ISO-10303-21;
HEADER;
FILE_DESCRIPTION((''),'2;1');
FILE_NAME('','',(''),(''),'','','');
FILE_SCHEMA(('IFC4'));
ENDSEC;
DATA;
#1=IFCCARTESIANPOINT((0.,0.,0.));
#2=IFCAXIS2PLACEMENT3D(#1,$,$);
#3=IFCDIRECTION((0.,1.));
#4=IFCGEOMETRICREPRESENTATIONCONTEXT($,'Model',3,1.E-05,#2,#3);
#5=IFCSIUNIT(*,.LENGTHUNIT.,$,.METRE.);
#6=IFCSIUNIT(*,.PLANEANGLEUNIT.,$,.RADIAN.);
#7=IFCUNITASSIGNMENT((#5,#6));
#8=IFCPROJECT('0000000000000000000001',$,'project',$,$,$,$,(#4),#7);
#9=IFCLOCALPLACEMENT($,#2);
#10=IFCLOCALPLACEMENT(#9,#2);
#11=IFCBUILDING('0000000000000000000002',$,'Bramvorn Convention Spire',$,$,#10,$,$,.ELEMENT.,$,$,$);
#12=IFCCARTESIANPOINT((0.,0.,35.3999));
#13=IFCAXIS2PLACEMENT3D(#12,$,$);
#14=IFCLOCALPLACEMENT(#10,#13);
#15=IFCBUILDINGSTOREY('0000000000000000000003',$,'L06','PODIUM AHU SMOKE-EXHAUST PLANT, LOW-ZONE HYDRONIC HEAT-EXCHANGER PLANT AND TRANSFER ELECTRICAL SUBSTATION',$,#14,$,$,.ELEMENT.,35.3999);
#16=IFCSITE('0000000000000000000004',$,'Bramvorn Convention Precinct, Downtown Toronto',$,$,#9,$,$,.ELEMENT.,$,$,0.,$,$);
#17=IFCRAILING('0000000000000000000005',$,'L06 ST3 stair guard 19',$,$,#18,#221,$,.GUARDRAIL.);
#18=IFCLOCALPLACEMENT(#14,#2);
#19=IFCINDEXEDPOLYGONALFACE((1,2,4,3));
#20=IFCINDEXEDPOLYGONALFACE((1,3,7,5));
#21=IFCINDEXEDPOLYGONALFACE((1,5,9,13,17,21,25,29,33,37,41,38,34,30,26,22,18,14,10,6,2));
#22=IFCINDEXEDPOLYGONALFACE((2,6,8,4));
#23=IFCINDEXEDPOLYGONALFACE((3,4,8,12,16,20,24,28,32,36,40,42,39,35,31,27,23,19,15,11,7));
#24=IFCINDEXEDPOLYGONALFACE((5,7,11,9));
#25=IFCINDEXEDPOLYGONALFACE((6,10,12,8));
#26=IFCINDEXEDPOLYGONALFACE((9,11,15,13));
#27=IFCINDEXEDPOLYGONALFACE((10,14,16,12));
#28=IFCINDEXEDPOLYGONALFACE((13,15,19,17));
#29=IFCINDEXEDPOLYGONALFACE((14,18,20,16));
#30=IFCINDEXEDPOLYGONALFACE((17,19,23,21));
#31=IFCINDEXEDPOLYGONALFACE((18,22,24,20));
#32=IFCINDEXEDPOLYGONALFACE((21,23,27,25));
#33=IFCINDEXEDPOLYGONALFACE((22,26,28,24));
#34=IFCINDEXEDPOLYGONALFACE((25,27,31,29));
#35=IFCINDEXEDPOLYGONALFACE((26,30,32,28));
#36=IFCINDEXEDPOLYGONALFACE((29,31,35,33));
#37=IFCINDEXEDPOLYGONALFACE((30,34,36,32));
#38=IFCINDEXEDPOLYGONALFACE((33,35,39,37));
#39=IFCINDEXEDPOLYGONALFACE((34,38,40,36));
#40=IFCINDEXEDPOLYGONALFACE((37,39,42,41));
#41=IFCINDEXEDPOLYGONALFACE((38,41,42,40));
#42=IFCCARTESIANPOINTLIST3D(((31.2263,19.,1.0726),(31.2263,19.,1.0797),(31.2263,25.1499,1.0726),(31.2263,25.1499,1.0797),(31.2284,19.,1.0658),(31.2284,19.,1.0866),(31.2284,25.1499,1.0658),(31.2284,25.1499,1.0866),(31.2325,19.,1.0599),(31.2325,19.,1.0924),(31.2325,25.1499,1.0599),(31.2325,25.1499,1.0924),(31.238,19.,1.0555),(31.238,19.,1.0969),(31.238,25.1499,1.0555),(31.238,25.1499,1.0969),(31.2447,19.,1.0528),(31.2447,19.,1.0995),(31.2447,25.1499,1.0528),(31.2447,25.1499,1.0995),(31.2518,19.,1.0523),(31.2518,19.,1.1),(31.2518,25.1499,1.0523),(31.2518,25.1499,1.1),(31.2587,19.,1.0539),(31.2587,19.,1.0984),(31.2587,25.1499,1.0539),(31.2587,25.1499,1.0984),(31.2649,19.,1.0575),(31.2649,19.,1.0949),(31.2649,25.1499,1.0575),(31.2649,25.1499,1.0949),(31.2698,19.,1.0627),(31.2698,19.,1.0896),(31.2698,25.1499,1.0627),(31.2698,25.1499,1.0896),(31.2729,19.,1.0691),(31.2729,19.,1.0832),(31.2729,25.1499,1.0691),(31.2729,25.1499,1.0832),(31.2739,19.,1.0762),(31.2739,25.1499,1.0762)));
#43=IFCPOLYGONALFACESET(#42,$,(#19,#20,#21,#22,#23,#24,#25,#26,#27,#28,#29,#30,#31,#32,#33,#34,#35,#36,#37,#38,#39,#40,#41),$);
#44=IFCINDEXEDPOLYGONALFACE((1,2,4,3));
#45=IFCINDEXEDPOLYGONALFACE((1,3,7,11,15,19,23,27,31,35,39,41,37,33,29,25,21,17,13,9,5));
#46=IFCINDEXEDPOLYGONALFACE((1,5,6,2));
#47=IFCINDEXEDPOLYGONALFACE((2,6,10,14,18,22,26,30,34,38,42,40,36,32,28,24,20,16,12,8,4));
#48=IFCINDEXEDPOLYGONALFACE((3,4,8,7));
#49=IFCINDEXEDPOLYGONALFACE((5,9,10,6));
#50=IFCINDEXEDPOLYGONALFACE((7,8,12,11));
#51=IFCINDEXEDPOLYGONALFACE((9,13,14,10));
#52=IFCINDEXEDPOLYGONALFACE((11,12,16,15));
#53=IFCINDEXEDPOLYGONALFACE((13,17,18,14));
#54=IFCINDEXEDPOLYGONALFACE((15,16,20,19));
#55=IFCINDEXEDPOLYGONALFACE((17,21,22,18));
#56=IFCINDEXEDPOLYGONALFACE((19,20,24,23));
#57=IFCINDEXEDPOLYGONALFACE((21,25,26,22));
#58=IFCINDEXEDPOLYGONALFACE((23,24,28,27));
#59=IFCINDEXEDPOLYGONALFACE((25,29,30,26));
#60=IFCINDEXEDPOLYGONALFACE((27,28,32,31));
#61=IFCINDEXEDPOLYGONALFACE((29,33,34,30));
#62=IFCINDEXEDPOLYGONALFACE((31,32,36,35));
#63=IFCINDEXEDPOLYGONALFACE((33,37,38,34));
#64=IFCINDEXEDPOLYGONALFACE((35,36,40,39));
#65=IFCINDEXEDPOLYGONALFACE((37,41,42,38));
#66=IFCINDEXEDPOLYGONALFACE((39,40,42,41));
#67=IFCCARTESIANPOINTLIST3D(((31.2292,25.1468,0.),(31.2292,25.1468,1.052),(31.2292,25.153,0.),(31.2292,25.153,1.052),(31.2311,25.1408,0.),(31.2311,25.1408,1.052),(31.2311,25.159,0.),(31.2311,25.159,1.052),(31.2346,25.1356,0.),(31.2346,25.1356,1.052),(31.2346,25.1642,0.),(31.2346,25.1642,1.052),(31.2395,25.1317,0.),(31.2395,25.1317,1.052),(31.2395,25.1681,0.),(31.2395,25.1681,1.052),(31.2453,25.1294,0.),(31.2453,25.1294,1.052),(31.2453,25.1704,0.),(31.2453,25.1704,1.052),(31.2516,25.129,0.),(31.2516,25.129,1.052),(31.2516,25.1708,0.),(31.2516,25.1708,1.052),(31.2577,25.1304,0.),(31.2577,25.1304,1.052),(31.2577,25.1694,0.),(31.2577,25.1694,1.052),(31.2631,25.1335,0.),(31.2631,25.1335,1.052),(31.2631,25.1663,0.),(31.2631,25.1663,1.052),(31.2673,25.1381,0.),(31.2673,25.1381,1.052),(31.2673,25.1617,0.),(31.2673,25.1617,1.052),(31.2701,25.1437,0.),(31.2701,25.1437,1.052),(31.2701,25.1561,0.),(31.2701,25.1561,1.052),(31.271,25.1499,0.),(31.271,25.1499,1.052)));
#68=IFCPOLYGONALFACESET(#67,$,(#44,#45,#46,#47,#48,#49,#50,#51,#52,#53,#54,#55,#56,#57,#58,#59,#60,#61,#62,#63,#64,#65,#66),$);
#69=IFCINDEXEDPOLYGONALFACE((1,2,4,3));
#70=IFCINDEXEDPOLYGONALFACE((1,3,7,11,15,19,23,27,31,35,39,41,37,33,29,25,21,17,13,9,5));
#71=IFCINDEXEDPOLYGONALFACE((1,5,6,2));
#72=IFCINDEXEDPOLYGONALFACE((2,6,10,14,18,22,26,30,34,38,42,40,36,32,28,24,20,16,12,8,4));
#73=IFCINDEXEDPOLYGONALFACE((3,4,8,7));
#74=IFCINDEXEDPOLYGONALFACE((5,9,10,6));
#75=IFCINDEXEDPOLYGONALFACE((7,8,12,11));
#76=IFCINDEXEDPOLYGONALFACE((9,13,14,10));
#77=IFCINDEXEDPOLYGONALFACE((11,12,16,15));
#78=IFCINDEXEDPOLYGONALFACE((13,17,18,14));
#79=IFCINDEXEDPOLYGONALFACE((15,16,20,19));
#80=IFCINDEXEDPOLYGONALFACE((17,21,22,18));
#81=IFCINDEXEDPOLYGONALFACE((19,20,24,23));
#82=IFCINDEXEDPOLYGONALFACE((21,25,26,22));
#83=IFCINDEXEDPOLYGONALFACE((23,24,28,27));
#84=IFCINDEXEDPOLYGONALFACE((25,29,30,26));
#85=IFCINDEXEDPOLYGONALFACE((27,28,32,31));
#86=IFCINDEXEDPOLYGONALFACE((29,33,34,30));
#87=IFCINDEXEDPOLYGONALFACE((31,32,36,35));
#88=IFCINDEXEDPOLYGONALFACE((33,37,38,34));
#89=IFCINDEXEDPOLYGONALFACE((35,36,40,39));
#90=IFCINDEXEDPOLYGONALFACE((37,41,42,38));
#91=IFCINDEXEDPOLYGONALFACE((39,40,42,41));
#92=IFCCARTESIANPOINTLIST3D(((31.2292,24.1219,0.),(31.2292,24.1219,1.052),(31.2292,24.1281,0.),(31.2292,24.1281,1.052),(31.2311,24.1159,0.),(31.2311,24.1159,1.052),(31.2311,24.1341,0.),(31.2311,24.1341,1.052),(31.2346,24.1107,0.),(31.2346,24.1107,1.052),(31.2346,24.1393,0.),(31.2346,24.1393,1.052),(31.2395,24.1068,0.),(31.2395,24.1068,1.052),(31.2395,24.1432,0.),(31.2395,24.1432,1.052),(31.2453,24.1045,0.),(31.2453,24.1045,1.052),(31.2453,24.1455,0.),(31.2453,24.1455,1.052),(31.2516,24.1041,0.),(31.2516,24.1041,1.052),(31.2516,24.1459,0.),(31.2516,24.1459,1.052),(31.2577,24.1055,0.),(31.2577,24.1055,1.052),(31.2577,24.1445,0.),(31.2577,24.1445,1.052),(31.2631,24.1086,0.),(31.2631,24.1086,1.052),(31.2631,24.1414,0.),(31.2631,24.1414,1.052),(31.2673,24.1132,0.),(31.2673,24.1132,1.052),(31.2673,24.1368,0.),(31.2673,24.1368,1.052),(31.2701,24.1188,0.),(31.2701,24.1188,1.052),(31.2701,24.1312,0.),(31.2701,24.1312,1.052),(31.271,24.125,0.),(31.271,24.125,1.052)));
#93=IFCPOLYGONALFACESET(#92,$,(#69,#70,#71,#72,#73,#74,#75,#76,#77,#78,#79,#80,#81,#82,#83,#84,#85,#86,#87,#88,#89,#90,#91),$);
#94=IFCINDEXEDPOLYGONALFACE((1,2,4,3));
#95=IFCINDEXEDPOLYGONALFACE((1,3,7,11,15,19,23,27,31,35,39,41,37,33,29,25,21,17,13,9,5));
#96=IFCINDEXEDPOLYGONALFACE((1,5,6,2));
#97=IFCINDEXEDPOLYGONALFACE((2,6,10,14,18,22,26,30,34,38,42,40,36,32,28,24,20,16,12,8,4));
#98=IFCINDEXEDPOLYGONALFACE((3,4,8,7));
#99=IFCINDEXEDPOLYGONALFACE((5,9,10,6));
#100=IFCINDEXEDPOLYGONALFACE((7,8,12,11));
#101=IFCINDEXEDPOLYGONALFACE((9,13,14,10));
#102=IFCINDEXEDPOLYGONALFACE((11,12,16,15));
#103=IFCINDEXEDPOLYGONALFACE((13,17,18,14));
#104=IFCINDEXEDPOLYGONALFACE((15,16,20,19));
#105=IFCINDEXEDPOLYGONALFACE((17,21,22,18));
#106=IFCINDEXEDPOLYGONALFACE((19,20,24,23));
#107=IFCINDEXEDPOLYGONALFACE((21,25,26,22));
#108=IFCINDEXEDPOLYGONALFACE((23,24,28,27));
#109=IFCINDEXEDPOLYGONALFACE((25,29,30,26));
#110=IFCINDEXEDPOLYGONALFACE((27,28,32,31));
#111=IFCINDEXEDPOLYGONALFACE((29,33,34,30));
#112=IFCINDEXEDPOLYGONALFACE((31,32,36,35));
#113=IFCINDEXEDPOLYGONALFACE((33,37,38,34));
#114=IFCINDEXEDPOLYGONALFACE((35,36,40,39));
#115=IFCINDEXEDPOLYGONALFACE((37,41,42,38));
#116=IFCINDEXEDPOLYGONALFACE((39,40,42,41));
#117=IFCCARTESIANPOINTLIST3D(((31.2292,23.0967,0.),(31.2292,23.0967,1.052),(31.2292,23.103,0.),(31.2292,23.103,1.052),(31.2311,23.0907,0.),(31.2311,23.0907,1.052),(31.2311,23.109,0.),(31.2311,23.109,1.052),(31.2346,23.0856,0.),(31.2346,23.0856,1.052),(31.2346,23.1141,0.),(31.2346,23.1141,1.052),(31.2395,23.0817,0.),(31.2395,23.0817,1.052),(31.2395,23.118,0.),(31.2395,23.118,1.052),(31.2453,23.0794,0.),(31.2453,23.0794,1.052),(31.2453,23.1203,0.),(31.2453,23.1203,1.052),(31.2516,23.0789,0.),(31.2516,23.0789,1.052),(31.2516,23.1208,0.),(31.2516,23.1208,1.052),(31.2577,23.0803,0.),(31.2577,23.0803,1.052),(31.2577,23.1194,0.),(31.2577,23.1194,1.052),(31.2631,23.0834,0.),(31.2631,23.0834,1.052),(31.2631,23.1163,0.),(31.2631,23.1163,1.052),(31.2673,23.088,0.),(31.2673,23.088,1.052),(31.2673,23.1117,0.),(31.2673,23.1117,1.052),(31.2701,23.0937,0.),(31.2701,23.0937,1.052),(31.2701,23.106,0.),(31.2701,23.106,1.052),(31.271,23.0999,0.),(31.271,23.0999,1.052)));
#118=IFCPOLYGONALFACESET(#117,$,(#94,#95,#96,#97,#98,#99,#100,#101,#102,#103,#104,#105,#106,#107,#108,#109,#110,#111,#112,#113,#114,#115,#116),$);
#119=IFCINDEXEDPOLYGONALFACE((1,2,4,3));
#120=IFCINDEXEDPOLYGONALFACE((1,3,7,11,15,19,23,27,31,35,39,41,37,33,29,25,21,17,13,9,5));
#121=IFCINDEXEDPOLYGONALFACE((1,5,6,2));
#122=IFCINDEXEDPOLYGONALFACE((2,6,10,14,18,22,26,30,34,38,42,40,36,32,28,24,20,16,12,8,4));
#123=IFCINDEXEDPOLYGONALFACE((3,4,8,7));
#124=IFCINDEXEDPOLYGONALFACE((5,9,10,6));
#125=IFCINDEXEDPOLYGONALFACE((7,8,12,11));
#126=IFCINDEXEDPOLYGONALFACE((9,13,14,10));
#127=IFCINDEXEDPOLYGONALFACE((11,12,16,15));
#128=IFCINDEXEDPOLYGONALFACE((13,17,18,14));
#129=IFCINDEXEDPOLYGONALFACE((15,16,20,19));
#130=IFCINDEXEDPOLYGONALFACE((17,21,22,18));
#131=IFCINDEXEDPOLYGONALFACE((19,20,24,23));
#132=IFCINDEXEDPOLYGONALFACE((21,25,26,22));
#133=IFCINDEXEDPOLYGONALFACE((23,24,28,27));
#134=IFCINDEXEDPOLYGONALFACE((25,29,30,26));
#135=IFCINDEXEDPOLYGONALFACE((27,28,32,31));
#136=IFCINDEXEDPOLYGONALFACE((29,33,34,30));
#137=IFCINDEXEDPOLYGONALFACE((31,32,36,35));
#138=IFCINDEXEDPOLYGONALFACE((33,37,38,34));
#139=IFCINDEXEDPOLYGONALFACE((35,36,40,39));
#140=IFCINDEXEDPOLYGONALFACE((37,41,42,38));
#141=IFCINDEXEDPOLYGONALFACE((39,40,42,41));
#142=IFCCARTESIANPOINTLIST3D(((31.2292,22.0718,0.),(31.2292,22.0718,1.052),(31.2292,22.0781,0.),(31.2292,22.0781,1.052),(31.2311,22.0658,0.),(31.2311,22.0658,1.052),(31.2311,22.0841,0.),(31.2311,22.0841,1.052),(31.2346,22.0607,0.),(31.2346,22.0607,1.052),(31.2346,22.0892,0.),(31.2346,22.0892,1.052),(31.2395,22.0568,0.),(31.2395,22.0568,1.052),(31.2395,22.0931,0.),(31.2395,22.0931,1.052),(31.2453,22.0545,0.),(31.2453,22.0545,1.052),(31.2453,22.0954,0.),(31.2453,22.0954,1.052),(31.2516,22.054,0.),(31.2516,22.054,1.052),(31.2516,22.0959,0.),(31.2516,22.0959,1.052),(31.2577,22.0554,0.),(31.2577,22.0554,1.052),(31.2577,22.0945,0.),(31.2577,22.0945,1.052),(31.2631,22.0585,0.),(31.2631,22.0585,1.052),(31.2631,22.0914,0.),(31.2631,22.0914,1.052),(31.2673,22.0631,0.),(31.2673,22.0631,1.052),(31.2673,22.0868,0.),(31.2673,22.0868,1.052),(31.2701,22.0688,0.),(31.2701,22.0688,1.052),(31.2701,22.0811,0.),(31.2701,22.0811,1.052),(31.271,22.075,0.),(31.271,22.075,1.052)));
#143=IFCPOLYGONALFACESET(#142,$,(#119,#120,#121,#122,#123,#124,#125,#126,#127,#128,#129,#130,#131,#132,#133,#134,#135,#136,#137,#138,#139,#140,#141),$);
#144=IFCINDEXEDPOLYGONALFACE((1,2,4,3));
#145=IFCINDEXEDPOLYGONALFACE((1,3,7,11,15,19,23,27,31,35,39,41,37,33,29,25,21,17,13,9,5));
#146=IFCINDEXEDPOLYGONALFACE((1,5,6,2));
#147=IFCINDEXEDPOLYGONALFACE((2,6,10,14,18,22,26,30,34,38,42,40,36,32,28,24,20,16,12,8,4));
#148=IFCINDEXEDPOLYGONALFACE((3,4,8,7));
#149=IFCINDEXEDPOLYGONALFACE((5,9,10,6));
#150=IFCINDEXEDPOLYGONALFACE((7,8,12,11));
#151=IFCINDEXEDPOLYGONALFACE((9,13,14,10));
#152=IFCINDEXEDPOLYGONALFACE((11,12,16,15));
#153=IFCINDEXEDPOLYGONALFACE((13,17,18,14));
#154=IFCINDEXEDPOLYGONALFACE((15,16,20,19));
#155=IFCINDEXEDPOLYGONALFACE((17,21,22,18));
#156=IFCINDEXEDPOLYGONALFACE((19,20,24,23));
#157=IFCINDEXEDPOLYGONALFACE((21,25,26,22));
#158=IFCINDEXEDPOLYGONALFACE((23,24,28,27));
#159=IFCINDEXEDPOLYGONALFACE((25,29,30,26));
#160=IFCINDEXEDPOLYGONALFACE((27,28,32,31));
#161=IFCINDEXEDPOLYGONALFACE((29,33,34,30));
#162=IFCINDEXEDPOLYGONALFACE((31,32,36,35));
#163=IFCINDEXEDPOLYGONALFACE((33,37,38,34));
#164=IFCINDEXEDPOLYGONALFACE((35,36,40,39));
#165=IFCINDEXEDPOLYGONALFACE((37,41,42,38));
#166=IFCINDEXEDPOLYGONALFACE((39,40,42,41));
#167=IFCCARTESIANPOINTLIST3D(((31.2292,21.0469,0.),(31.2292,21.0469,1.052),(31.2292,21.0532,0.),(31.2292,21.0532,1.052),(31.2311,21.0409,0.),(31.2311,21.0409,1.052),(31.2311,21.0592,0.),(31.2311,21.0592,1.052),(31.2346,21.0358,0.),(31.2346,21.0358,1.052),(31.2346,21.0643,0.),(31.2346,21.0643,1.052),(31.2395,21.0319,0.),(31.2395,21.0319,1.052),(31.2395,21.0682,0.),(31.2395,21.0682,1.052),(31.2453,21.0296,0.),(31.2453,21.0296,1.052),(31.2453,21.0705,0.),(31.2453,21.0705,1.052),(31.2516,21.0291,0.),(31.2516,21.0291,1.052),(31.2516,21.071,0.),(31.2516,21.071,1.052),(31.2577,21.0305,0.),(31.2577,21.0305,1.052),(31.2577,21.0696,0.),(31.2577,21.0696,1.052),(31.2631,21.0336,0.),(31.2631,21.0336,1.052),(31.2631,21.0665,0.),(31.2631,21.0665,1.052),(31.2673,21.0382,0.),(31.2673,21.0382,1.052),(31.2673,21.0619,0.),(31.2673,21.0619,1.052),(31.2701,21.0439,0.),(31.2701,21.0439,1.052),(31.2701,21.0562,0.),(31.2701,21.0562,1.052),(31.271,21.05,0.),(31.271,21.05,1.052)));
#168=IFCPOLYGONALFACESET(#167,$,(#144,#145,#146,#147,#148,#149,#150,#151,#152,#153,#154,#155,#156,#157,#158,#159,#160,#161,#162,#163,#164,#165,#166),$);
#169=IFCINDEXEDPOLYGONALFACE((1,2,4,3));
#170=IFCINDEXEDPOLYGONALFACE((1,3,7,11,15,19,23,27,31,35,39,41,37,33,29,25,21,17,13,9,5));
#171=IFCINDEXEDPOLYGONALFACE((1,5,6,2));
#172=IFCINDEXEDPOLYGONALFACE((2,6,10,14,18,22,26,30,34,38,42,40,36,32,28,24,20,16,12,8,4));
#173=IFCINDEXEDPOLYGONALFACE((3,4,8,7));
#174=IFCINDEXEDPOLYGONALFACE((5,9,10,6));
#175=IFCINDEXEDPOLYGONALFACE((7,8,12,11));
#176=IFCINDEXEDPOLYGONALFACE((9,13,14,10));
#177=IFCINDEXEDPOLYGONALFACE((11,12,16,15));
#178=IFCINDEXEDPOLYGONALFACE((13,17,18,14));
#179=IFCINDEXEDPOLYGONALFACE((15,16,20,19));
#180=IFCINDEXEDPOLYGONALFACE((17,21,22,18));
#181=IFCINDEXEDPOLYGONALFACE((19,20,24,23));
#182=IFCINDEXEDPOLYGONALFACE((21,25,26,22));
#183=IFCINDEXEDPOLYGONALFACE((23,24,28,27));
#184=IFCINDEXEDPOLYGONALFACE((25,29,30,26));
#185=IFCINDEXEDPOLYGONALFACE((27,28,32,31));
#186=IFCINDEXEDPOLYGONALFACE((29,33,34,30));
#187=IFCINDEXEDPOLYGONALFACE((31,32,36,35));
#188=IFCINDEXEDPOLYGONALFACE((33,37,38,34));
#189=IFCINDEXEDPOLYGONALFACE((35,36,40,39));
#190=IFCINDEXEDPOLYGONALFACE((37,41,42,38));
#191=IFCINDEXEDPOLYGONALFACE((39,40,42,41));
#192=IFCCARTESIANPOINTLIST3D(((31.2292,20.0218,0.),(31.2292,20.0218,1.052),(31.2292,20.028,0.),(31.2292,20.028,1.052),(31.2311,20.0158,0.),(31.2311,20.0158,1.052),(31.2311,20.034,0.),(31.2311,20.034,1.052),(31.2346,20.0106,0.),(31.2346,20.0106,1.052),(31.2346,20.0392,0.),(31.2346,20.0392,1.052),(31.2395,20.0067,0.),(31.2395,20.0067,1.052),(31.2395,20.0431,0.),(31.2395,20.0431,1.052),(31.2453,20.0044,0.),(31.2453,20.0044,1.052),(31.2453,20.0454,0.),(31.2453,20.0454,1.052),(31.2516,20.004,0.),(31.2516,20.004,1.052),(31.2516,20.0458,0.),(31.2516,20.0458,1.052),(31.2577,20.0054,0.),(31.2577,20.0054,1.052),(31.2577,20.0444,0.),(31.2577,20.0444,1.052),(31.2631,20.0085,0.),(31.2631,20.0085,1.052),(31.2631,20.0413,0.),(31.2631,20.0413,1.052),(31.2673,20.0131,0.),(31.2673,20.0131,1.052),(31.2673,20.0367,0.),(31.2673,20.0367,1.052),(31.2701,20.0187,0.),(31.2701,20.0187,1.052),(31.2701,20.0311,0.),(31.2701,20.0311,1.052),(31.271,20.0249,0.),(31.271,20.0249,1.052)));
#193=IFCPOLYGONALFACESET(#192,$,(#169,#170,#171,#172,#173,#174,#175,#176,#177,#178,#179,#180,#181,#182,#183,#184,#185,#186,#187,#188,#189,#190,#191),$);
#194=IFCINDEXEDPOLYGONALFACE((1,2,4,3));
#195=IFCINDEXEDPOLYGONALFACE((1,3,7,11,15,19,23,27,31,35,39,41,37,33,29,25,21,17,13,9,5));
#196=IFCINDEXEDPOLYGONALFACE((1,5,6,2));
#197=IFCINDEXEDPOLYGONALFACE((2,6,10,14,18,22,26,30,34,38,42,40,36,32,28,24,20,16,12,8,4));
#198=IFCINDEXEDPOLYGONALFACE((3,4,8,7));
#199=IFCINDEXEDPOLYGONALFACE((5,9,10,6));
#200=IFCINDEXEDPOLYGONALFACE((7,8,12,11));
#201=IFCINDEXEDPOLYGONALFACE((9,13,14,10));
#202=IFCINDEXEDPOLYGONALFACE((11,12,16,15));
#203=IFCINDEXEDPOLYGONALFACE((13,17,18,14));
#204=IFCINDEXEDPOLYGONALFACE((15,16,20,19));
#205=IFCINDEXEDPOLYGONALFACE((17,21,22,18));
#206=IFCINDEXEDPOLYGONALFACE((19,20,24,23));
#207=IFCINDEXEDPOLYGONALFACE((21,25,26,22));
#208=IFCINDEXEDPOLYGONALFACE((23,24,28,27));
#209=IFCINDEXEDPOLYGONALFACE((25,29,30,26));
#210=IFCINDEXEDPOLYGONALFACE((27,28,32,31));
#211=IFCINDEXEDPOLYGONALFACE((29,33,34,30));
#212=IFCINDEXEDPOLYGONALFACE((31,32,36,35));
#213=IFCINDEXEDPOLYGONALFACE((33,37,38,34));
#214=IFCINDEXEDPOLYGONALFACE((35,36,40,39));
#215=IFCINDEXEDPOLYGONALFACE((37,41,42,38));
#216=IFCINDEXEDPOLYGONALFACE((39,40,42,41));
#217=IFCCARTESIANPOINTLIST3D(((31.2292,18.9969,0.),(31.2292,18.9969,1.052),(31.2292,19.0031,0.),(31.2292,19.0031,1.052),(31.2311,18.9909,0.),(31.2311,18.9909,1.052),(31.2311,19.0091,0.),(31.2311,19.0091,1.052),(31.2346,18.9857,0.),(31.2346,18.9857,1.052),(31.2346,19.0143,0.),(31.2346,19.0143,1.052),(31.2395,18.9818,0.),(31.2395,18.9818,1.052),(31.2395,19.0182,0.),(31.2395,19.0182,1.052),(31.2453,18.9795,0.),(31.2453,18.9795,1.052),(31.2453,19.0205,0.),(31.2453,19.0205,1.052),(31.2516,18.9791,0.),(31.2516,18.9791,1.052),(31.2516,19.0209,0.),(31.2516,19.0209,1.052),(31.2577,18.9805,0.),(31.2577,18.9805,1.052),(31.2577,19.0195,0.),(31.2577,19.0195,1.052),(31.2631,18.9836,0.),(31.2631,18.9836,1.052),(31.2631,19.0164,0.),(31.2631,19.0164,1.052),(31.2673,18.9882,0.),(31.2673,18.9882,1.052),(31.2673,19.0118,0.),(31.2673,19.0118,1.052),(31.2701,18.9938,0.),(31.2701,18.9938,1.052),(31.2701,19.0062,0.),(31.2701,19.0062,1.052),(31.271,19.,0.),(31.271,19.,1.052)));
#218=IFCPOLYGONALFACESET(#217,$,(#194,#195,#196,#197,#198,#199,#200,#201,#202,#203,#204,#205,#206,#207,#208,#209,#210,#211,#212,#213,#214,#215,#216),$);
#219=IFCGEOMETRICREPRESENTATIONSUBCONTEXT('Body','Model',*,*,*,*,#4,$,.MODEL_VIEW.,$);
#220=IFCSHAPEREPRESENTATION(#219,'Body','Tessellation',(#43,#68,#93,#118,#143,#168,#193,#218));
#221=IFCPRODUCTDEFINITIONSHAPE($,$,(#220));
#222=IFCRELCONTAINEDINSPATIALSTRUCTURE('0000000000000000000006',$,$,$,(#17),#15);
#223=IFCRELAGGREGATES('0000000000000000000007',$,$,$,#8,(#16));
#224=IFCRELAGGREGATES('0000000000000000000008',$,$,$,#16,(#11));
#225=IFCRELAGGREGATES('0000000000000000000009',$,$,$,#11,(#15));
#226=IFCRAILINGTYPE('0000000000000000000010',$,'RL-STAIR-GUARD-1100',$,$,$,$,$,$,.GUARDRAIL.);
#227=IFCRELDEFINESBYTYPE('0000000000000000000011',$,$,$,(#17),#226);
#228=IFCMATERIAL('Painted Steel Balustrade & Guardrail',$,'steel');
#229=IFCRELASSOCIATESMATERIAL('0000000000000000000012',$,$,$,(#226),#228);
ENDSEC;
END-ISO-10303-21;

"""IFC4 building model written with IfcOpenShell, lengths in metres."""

from ifc_helpers import new_model, si_unit, direction, frame, origin, origin_2d, place, context, subcontext, project, spatial, circle, extrude, material, type_object, element, save


model = new_model("IFC4")

# Units and contexts
model_context = context("Model", 3, precision=1e-05, world=origin(), true_north=direction((0.0, 1.0)))
body_context = subcontext(model_context, "Body", "Model", "MODEL_VIEW")
ifc_project = project(units=[si_unit("LENGTHUNIT", "METRE"), si_unit("PLANEANGLEUNIT", "RADIAN")], contexts=[model_context])

# Site, building, storey
site_placement = place(None, origin())
site = spatial("IfcSite", under=ifc_project, at=site_placement, Name="Bramvorn Convention Precinct, Downtown Toronto", CompositionType="ELEMENT", RefElevation=0.0)
building_placement = place(site_placement, origin())
building = spatial("IfcBuilding", under=site, at=building_placement, Name="Bramvorn Convention Spire", CompositionType="ELEMENT")
storey_placement = place(building_placement, frame((0.0, 0.0, 35.3999)))
storey = spatial("IfcBuildingStorey", under=building, at=storey_placement, Name="L06", Description="PODIUM AHU SMOKE-EXHAUST PLANT, LOW-ZONE HYDRONIC HEAT-EXCHANGER PLANT AND TRANSFER ELECTRICAL SUBSTATION", CompositionType="ELEMENT", Elevation=35.3999)

# Railing
ifc_material_1 = material(Name="Painted Steel Balustrade & Guardrail", Category="steel")
railing_type_1 = type_object("IfcRailingType", Name="RL-STAIR-GUARD-1100", PredefinedType="GUARDRAIL", material=ifc_material_1)
railing_1_placement = place(storey_placement, frame((31.25, 25.1499, 0.0)))
element("IfcRailing", 1, at=railing_1_placement, inside=storey, type_object=railing_type_1, Name="L06 ST3 stair guard 19", PredefinedType="GUARDRAIL", context=body_context, shape_type="SweptSolid", body=[
    extrude(circle(Radius=0.0239, at=origin_2d()), frame((0.0, 0.0, 1.0762), z_axis=(0.0, -1.0, 0.0), x_axis=(1.0, 0.0, 0.0)), (0.0, 0.0, 1.0), 6.1499),
    extrude(circle(Radius=0.021, at=origin_2d()), origin(), (0.0, 0.0, 1.0), 1.052),
    extrude(circle(Radius=0.021, at=origin_2d()), frame((0.0, -1.0249, 0.0)), (0.0, 0.0, 1.0), 1.052),
    extrude(circle(Radius=0.021, at=origin_2d()), frame((0.0, -2.05, 0.0)), (0.0, 0.0, 1.0), 1.052),
    extrude(circle(Radius=0.021, at=origin_2d()), frame((0.0, -3.075, 0.0)), (0.0, 0.0, 1.0), 1.052),
    extrude(circle(Radius=0.021, at=origin_2d()), frame((0.0, -4.0999, 0.0)), (0.0, 0.0, 1.0), 1.052),
    extrude(circle(Radius=0.021, at=origin_2d()), frame((0.0, -5.125, 0.0)), (0.0, 0.0, 1.0), 1.052),
    extrude(circle(Radius=0.021, at=origin_2d()), frame((0.0, -6.1499, 0.0)), (0.0, 0.0, 1.0), 1.052),
])

save(model, "model.ifc")
